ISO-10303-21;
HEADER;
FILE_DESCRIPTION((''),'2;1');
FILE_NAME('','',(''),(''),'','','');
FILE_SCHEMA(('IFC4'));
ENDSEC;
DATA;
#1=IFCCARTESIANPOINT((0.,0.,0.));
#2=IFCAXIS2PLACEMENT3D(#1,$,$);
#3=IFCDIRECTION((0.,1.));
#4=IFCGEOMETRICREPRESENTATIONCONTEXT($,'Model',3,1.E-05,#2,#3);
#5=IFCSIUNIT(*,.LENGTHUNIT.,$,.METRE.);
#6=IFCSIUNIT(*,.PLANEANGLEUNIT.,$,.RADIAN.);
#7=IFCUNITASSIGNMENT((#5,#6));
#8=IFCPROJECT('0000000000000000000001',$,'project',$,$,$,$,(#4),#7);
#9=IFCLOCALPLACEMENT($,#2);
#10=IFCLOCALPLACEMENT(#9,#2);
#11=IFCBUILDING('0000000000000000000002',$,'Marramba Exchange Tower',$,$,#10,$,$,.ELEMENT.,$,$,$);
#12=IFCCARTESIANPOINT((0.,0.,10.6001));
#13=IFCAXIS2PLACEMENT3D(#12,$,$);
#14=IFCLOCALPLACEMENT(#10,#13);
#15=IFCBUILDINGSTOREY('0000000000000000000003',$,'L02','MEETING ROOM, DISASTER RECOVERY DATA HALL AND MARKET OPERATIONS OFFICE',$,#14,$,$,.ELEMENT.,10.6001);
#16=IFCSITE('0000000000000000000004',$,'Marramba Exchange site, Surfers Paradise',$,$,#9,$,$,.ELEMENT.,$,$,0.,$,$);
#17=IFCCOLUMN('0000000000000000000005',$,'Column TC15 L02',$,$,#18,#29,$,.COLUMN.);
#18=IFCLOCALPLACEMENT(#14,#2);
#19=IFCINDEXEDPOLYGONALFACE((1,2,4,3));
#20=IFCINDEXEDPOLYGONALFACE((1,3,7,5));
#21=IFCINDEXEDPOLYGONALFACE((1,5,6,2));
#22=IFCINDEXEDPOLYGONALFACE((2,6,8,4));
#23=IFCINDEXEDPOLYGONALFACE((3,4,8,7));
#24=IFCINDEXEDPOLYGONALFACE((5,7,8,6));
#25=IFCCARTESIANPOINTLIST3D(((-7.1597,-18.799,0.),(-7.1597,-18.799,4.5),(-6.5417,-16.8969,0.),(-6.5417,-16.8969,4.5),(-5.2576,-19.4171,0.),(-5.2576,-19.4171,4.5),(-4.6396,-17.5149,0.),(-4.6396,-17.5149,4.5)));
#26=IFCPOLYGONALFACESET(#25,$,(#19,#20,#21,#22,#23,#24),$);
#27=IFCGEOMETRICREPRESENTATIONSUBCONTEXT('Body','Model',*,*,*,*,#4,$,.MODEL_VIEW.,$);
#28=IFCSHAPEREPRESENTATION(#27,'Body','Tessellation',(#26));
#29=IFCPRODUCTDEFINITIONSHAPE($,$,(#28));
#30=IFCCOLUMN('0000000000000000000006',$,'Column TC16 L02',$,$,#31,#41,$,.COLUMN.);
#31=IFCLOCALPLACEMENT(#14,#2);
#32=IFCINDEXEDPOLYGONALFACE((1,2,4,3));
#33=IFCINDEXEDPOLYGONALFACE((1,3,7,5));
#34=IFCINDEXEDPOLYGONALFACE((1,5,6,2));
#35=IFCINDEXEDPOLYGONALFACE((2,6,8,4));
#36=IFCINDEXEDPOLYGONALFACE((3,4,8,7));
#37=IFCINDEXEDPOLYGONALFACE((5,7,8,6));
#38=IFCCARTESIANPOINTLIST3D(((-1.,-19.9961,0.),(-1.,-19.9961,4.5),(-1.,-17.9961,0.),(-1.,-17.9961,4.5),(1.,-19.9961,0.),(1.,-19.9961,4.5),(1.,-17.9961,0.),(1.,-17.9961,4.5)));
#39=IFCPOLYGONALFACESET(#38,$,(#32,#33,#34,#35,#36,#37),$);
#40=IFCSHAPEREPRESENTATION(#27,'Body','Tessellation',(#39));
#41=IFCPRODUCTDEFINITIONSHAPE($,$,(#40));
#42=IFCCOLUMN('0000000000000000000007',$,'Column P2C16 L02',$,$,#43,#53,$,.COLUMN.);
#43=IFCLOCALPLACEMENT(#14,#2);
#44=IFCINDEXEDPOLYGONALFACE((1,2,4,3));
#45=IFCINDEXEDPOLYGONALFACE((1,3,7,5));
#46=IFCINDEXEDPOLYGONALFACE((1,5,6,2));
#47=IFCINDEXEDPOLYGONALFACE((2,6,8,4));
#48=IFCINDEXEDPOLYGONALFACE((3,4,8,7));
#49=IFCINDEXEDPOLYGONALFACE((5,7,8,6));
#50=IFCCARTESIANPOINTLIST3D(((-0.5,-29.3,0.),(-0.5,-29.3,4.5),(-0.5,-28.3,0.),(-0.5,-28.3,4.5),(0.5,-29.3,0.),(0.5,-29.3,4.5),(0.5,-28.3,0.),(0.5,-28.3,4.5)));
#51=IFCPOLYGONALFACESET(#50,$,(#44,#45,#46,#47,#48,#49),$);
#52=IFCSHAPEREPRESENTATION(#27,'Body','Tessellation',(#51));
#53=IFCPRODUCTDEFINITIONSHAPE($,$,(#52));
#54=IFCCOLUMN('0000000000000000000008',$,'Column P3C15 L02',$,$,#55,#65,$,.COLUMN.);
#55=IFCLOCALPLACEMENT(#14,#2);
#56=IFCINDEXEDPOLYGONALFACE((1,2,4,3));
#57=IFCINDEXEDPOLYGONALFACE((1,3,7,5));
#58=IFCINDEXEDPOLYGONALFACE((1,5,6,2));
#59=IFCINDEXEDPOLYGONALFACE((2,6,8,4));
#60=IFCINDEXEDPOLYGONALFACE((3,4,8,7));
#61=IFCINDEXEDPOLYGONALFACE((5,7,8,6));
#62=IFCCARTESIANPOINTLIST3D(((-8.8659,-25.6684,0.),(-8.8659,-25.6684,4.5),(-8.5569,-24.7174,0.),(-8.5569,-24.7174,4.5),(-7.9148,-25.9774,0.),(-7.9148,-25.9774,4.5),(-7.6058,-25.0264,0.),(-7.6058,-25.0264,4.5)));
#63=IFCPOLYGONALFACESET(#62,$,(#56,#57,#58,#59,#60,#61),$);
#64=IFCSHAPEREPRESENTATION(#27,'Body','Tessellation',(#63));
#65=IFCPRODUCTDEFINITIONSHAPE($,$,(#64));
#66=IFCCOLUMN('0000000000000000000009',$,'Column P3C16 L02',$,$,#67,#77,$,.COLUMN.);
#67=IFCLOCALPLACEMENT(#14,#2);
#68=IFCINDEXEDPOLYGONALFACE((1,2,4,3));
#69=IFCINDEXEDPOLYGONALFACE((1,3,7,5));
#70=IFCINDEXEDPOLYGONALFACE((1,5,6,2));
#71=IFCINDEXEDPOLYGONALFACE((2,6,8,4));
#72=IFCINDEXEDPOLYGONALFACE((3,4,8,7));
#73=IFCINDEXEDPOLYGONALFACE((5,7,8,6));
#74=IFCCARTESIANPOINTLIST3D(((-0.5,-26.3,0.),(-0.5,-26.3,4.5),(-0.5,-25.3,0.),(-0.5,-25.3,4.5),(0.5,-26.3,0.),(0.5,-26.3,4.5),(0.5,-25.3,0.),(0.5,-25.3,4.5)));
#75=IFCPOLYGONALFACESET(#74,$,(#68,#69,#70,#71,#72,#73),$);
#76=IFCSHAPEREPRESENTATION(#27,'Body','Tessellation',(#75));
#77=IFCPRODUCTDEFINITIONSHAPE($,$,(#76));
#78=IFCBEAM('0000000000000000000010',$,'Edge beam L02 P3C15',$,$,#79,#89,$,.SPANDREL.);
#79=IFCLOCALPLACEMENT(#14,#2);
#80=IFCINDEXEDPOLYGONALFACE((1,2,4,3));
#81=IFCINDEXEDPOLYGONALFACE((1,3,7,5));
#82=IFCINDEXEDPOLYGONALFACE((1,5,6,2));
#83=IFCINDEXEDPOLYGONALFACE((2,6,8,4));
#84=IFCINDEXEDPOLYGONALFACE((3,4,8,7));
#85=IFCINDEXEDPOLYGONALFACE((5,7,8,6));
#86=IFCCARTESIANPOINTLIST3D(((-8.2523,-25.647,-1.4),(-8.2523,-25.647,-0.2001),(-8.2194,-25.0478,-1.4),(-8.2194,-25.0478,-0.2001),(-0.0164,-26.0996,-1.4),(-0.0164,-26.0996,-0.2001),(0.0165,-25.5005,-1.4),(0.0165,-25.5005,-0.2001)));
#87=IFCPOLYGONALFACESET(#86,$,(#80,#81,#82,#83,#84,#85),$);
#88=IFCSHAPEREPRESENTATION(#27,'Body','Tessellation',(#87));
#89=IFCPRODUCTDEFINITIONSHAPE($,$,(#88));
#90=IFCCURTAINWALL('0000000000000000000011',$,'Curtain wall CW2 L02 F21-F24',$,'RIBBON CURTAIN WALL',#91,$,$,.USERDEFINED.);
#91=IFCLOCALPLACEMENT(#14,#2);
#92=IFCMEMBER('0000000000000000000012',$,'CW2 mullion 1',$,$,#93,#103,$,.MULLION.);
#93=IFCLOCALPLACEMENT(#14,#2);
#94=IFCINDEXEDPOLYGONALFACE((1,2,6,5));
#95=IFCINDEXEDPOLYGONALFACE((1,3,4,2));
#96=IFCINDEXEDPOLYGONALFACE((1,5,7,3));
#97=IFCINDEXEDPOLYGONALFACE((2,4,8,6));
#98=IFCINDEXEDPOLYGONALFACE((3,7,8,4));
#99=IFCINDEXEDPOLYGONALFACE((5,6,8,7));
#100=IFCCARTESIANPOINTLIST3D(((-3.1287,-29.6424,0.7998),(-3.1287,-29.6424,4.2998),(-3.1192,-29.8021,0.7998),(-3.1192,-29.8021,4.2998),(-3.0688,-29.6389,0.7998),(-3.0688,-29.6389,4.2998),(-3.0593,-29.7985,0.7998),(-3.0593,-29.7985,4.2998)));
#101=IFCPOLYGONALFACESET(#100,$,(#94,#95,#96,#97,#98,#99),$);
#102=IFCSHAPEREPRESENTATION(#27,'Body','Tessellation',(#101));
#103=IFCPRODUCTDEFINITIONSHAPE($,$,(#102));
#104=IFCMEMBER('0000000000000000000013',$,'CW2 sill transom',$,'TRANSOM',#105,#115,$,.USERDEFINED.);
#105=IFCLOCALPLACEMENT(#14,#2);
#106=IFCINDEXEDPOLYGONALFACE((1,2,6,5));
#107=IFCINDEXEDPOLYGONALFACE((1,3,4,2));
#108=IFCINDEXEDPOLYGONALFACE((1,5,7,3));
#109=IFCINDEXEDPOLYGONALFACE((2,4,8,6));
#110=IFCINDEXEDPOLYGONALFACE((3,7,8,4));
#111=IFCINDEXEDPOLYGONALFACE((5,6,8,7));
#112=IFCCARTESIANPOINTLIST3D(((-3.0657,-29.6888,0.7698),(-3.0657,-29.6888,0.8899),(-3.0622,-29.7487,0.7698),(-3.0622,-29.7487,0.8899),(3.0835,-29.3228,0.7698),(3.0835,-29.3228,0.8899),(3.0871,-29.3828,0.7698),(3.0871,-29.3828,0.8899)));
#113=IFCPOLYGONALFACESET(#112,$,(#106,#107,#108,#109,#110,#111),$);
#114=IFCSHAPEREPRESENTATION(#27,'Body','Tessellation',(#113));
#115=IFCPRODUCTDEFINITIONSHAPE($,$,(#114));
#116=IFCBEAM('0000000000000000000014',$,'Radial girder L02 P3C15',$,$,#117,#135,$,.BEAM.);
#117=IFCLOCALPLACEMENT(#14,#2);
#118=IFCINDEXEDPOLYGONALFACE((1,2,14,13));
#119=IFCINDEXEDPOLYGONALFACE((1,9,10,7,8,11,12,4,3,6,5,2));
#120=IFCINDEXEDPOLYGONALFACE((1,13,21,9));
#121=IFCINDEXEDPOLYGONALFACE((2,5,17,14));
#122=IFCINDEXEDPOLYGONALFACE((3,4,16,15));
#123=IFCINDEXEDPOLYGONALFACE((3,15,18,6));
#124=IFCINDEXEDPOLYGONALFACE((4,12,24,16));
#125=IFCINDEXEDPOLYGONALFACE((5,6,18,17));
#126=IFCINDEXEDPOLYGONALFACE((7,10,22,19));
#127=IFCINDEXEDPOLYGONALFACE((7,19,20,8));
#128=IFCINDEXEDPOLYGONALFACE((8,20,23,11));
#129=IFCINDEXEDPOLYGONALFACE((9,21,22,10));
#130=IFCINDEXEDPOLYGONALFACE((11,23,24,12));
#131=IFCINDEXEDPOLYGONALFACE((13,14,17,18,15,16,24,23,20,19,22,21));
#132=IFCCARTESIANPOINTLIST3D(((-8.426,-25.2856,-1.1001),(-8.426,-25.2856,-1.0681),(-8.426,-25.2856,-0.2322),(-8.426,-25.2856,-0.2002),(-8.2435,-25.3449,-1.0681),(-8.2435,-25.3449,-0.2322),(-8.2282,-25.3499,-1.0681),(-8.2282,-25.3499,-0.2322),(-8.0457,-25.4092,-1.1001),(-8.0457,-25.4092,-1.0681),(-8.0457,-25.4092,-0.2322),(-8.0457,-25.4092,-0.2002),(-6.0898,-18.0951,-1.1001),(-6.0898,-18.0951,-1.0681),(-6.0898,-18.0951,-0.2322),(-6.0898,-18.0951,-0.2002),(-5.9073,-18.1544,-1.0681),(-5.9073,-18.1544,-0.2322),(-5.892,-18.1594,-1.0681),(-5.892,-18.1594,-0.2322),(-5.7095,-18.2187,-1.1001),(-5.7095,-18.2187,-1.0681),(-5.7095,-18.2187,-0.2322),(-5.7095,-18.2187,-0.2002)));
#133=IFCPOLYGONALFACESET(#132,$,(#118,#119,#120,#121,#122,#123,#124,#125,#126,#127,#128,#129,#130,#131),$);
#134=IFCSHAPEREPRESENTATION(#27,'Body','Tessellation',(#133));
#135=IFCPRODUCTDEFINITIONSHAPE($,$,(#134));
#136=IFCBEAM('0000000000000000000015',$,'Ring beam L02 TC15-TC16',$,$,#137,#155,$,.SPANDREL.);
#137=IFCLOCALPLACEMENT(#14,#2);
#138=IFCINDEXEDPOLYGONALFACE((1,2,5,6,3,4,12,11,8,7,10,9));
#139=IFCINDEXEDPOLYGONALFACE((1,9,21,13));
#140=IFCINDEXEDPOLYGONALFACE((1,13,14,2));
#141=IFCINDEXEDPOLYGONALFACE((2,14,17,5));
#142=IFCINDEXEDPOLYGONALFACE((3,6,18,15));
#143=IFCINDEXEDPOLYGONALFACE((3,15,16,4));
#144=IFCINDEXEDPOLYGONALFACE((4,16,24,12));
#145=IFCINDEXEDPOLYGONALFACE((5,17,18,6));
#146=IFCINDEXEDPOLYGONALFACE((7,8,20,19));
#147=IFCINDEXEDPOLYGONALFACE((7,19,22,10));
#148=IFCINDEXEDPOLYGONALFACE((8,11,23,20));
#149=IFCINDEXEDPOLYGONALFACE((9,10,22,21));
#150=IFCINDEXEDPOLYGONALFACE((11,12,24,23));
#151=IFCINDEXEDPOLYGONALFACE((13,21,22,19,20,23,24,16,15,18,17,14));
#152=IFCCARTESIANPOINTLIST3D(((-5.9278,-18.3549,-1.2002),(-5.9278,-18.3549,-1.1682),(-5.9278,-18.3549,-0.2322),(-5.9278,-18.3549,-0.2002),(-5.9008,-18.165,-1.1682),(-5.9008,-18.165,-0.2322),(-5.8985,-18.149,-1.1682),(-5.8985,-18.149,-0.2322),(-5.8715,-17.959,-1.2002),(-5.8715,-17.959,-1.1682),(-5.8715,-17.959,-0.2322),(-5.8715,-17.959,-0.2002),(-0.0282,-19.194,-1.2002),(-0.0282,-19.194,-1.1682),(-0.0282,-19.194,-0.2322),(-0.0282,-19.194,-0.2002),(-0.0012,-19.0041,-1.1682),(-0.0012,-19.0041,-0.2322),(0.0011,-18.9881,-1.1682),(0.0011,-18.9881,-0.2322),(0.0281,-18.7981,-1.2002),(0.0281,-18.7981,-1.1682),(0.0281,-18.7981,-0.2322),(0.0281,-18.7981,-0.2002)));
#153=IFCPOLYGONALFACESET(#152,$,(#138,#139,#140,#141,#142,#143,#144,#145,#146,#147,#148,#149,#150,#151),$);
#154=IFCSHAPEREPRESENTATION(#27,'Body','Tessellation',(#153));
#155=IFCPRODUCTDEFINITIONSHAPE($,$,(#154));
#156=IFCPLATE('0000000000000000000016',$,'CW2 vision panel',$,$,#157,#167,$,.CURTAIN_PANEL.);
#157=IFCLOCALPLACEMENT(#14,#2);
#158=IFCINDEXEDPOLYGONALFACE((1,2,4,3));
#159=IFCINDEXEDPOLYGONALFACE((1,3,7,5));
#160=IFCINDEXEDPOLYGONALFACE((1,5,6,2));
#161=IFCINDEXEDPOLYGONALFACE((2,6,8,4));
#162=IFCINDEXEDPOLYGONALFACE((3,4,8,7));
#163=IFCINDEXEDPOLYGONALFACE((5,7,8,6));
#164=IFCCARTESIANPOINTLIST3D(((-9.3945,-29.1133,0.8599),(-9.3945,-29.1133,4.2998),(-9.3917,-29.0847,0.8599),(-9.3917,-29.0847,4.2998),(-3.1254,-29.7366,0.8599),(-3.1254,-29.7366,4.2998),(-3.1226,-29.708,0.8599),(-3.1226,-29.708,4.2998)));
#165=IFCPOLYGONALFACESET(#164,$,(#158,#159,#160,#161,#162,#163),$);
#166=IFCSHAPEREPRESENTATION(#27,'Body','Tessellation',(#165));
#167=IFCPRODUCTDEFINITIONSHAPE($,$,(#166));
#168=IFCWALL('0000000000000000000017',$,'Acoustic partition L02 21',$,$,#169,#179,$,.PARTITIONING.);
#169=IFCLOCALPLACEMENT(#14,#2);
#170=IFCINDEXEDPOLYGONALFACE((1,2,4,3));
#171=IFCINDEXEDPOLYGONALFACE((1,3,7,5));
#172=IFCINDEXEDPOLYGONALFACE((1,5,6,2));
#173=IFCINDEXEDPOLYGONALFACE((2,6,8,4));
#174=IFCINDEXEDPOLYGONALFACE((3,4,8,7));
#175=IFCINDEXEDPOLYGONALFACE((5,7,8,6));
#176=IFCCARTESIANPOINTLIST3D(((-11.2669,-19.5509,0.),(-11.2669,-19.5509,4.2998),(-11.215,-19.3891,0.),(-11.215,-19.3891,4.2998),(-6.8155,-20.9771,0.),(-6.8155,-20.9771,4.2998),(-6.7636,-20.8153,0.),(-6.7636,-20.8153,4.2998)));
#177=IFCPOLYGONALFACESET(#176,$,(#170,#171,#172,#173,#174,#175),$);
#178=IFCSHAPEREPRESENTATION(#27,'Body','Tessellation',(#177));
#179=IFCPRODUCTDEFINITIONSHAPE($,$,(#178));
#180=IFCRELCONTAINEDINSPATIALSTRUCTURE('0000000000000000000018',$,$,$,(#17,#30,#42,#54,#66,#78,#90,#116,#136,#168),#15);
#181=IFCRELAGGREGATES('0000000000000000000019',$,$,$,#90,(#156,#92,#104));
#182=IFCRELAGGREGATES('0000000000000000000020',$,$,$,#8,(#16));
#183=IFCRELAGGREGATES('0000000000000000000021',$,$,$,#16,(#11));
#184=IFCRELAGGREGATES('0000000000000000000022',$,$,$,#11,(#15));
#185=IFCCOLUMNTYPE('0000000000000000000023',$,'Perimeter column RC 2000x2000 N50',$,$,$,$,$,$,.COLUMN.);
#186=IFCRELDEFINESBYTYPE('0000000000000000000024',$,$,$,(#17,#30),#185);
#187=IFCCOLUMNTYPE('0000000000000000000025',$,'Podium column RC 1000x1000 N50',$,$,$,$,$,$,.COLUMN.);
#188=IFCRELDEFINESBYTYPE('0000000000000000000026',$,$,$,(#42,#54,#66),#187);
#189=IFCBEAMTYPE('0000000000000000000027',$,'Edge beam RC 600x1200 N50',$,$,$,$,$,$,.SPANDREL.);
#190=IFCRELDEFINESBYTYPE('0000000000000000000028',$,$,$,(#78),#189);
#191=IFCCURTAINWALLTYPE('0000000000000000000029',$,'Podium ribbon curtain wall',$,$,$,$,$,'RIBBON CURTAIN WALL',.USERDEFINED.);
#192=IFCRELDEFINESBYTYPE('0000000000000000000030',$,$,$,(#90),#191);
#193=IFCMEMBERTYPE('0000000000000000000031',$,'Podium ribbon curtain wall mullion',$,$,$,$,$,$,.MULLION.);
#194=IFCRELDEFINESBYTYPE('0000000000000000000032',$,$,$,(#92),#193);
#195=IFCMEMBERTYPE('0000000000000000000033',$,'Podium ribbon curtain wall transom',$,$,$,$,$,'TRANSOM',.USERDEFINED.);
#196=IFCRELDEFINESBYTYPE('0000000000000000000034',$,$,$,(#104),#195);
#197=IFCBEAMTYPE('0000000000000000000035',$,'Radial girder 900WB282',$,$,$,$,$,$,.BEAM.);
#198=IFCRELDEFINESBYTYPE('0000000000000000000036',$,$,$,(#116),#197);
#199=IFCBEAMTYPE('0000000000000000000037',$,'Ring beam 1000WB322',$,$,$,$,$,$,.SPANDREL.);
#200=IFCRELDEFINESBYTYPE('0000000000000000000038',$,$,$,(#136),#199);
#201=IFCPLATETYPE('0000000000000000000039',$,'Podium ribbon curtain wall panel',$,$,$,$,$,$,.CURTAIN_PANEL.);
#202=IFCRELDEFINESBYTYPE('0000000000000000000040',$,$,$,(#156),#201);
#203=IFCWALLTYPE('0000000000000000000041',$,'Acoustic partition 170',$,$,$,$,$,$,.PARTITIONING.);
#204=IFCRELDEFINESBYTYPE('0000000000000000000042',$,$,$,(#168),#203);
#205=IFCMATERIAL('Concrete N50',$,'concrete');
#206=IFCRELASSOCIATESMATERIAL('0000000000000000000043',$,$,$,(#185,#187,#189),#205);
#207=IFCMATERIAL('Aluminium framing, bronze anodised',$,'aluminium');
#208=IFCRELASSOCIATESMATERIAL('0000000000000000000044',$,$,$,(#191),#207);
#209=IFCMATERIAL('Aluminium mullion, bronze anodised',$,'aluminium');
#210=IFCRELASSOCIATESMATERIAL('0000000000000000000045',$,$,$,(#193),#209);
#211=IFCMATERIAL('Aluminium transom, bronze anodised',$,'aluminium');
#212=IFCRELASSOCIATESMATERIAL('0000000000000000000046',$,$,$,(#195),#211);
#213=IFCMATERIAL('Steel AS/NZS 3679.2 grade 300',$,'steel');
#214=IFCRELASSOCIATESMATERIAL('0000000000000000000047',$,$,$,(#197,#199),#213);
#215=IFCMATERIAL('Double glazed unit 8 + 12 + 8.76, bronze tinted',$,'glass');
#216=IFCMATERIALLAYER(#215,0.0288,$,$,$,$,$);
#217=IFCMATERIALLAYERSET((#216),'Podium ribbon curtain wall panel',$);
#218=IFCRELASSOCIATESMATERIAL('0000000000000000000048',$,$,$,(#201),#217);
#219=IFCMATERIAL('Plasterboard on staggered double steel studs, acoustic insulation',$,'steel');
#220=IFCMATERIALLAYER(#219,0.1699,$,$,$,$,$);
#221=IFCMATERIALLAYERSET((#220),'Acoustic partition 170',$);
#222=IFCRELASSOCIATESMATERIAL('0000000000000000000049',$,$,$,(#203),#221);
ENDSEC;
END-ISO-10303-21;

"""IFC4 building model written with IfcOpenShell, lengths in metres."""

from ifc_helpers import new_model, si_unit, direction, frame, frame_2d, origin, origin_2d, place, context, subcontext, project, spatial, rectangle, i_section, extrude, material, layer, layer_set, material_profile, profile_set, type_object, element, aggregate, save


model = new_model("IFC4")

# Units and contexts
model_context = context("Model", 3, precision=1e-05, world=origin(), true_north=direction((0.0, 1.0)))
body_context = subcontext(model_context, "Body", "Model", "MODEL_VIEW")
ifc_project = project(units=[si_unit("LENGTHUNIT", "METRE"), si_unit("PLANEANGLEUNIT", "RADIAN")], contexts=[model_context])

# Site, building, storey
site_placement = place(None, origin())
site = spatial("IfcSite", under=ifc_project, at=site_placement, Name="Marramba Exchange site, Surfers Paradise", CompositionType="ELEMENT", RefElevation=0.0)
building_placement = place(site_placement, origin())
building = spatial("IfcBuilding", under=site, at=building_placement, Name="Marramba Exchange Tower", CompositionType="ELEMENT")
storey_placement = place(building_placement, frame((0.0, 0.0, 10.6001)))
storey = spatial("IfcBuildingStorey", under=building, at=storey_placement, Name="L02", Description="MEETING ROOM, DISASTER RECOVERY DATA HALL AND MARKET OPERATIONS OFFICE", CompositionType="ELEMENT", Elevation=10.6001)

# Columns
ifc_material_1 = material(Name="Concrete N50", Category="concrete")
ifc_material_profile_1 = material_profile(ifc_material_1, rectangle(XDim=2.0, YDim=2.0, at=origin_2d()), Name="RC 2000x2000")
ifc_profile_set_1 = profile_set([ifc_material_profile_1], Name="Concrete N50")
column_type_1 = type_object("IfcColumnType", Name="Perimeter column RC 2000x2000 N50", PredefinedType="COLUMN", material=ifc_profile_set_1)
for number, where, z_axis, x_axis, name in (
    (1, (-5.8997, -18.157, 0.0), (0.0, 0.0, 1.0), (-0.309017, -0.951057, 0.0), "Column TC15 L02"),
    (2, (0.0, -18.9961, 0.0), (0.0, 0.0, 1.0), (0.0, -1.0, 0.0), "Column TC16 L02"),
):
    element("IfcColumn", number, at=place(storey_placement, frame(where, z_axis=z_axis, x_axis=x_axis)), inside=storey, type_object=column_type_1, Name=name, PredefinedType="COLUMN", context=body_context, shape_type="SweptSolid", body=[
        extrude(rectangle(XDim=2.0, YDim=2.0, at=origin_2d()), origin(), (0.0, 0.0, 1.0), 4.5),
    ])
ifc_material_profile_2 = material_profile(ifc_material_1, rectangle(XDim=1.0, YDim=1.0, at=origin_2d()), Name="RC 1000x1000")
ifc_profile_set_2 = profile_set([ifc_material_profile_2], Name="Concrete N50")
column_type_2 = type_object("IfcColumnType", Name="Podium column RC 1000x1000 N50", PredefinedType="COLUMN", material=ifc_profile_set_2)
for number, where, z_axis, x_axis, name in (
    (3, (0.0, -28.8, 0.0), (0.0, 0.0, 1.0), (0.0, -1.0, 0.0), "Column P2C16 L02"),
    (4, (-8.2358, -25.3474, 0.0), (0.0, 0.0, 1.0), (-0.309017, -0.951057, 0.0), "Column P3C15 L02"),
    (5, (0.0, -25.8, 0.0), (0.0, 0.0, 1.0), (0.0, -1.0, 0.0), "Column P3C16 L02"),
):
    element("IfcColumn", number, at=place(storey_placement, frame(where, z_axis=z_axis, x_axis=x_axis)), inside=storey, type_object=column_type_2, Name=name, PredefinedType="COLUMN", context=body_context, shape_type="SweptSolid", body=[
        extrude(rectangle(XDim=1.0, YDim=1.0, at=origin_2d()), origin(), (0.0, 0.0, 1.0), 4.5),
    ])

# Beam
ifc_material_profile_3 = material_profile(ifc_material_1, rectangle(XDim=0.6001, YDim=1.2, at=origin_2d()), Name="RC 600x1200")
ifc_profile_set_3 = profile_set([ifc_material_profile_3], Name="Concrete N50")
beam_type_1 = type_object("IfcBeamType", Name="Edge beam RC 600x1200 N50", PredefinedType="SPANDREL", material=ifc_profile_set_3)
beam_1_placement = place(storey_placement, frame((-8.2358, -25.3474, -0.8), z_axis=(0.998493, -0.054877, 0.0), x_axis=(0.054877, 0.998493, 0.0)))
element("IfcBeam", 6, at=beam_1_placement, inside=storey, type_object=beam_type_1, Name="Edge beam L02 P3C15", PredefinedType="SPANDREL", context=body_context, shape_type="SweptSolid", body=[
    extrude(rectangle(XDim=0.6001, YDim=1.2, at=origin_2d()), origin(), (0.0, 0.0, 1.0), 8.2483),
])

# Curtain wall, members
ifc_material_2 = material(Name="Aluminium framing, bronze anodised", Category="aluminium")
curtain_wall_type = type_object("IfcCurtainWallType", Name="Podium ribbon curtain wall", ElementType="RIBBON CURTAIN WALL", PredefinedType="USERDEFINED", material=ifc_material_2)
curtain_wall_placement = place(storey_placement, origin())
curtain_wall = element("IfcCurtainWall", 7, at=curtain_wall_placement, inside=storey, type_object=curtain_wall_type, Name="Curtain wall CW2 L02 F21-F24", ObjectType="RIBBON CURTAIN WALL", PredefinedType="USERDEFINED")
ifc_material_3 = material(Name="Aluminium mullion, bronze anodised", Category="aluminium")
ifc_material_profile_4 = material_profile(ifc_material_3, rectangle(XDim=0.1599, YDim=0.0601, at=origin_2d()), Name="CW2 mullion 60x160")
ifc_profile_set_4 = profile_set([ifc_material_profile_4], Name="Aluminium mullion, bronze anodised")
member_type_1 = type_object("IfcMemberType", Name="Podium ribbon curtain wall mullion", PredefinedType="MULLION", material=ifc_profile_set_4)
member_1_placement = place(storey_placement, frame((-3.094, -29.7205, 0.7998), z_axis=(0.0, 0.0, 1.0), x_axis=(-0.05939, 0.998235, 0.0)))
member_1 = element("IfcMember", 8, at=member_1_placement, type_object=member_type_1, Name="CW2 mullion 1", PredefinedType="MULLION", context=body_context, shape_type="SweptSolid", body=[
    extrude(rectangle(XDim=0.1599, YDim=0.0601, at=origin_2d()), origin(), (0.0, 0.0, 1.0), 3.5),
])
ifc_material_4 = material(Name="Aluminium transom, bronze anodised", Category="aluminium")
ifc_material_profile_5 = material_profile(ifc_material_4, rectangle(XDim=0.0601, YDim=0.1201, at=origin_2d()), Name="CW2 transom 60x120")
ifc_profile_set_5 = profile_set([ifc_material_profile_5], Name="Aluminium transom, bronze anodised")
member_type_2 = type_object("IfcMemberType", Name="Podium ribbon curtain wall transom", ElementType="TRANSOM", PredefinedType="USERDEFINED", material=ifc_profile_set_5)
member_2_placement = place(storey_placement, frame((-3.064, -29.7188, 0.8298), z_axis=(0.998234, 0.05941, 0.0), x_axis=(-0.05941, 0.998234, 0.0)))
member_2 = element("IfcMember", 9, at=member_2_placement, type_object=member_type_2, Name="CW2 sill transom", ObjectType="TRANSOM", PredefinedType="USERDEFINED", context=body_context, shape_type="SweptSolid", body=[
    extrude(rectangle(XDim=0.0601, YDim=0.1201, at=origin_2d()), origin(), (0.0, 0.0, 1.0), 6.1602),
])

# Beams
ifc_material_5 = material(Name="Steel AS/NZS 3679.2 grade 300", Category="steel")
ifc_material_profile_6 = material_profile(ifc_material_5, i_section(OverallWidth=0.3999, OverallDepth=0.8999, WebThickness=0.0161, FlangeThickness=0.032, at=origin_2d()), Name="900WB282")
ifc_profile_set_6 = profile_set([ifc_material_profile_6], Name="Steel AS/NZS 3679.2 grade 300")
beam_type_2 = type_object("IfcBeamType", Name="Radial girder 900WB282", PredefinedType="BEAM", material=ifc_profile_set_6)
beam_2_placement = place(storey_placement, frame((-8.2358, -25.3474, -0.6501), z_axis=(0.309001, 0.951062, 0.0), x_axis=(-0.951062, 0.309001, 0.0)))
element("IfcBeam", 10, at=beam_2_placement, inside=storey, type_object=beam_type_2, Name="Radial girder L02 P3C15", PredefinedType="BEAM", context=body_context, shape_type="SweptSolid", body=[
    extrude(i_section(OverallWidth=0.3999, OverallDepth=0.8999, WebThickness=0.0161, FlangeThickness=0.032, at=origin_2d()), origin(), (0.0, 0.0, 1.0), 7.5605),
])
ifc_material_profile_7 = material_profile(ifc_material_5, i_section(OverallWidth=0.3999, OverallDepth=1.0, WebThickness=0.0161, FlangeThickness=0.032, at=origin_2d()), Name="1000WB322")
ifc_profile_set_7 = profile_set([ifc_material_profile_7], Name="Steel AS/NZS 3679.2 grade 300")
beam_type_3 = type_object("IfcBeamType", Name="Ring beam 1000WB322", PredefinedType="SPANDREL", material=ifc_profile_set_7)
beam_3_placement = place(storey_placement, frame((-5.8997, -18.157, -0.7002), z_axis=(0.990036, -0.140813, 0.0), x_axis=(0.140813, 0.990036, 0.0)))
element("IfcBeam", 11, at=beam_3_placement, inside=storey, type_object=beam_type_3, Name="Ring beam L02 TC15-TC16", PredefinedType="SPANDREL", context=body_context, shape_type="SweptSolid", body=[
    extrude(i_section(OverallWidth=0.3999, OverallDepth=1.0, WebThickness=0.0161, FlangeThickness=0.032, at=origin_2d()), origin(), (0.0, 0.0, 1.0), 5.959),
])

# Plate
ifc_material_6 = material(Name="Double glazed unit 8 + 12 + 8.76, bronze tinted", Category="glass")
ifc_layer_1 = layer(ifc_material_6, 0.0288)
ifc_layer_set_1 = layer_set([ifc_layer_1], Name="Podium ribbon curtain wall panel")
plate_type = type_object("IfcPlateType", Name="Podium ribbon curtain wall panel", PredefinedType="CURTAIN_PANEL", material=ifc_layer_set_1)
plate_placement = place(storey_placement, frame((-6.2585, -29.4106, 0.8599), z_axis=(0.0, 0.0, 1.0), x_axis=(0.995094, -0.098937, 0.0)))
plate = element("IfcPlate", 12, at=plate_placement, type_object=plate_type, Name="CW2 vision panel", PredefinedType="CURTAIN_PANEL", context=body_context, shape_type="SweptSolid", body=[
    extrude(rectangle(XDim=6.3, YDim=0.0288, at=origin_2d()), origin(), (0.0, 0.0, 1.0), 3.4399),
])
aggregate(curtain_wall, [plate, member_1, member_2])

# Wall
ifc_material_7 = material(Name="Plasterboard on staggered double steel studs, acoustic insulation", Category="steel")
ifc_layer_2 = layer(ifc_material_7, 0.1699)
ifc_layer_set_2 = layer_set([ifc_layer_2], Name="Acoustic partition 170")
wall_type_1 = type_object("IfcWallType", Name="Acoustic partition 170", PredefinedType="PARTITIONING", material=ifc_layer_set_2)
wall_1_placement = place(storey_placement, frame((-6.7896, -20.8962, 0.0), z_axis=(0.0, 0.0, 1.0), x_axis=(-0.952311, 0.305128, 0.0)))
element("IfcWall", 13, at=wall_1_placement, inside=storey, type_object=wall_type_1, Name="Acoustic partition L02 21", PredefinedType="PARTITIONING", context=body_context, shape_type="SweptSolid", body=[
    extrude(rectangle(XDim=4.6743, YDim=0.1699, at=frame_2d((2.3372, 0.0))), origin(), (0.0, 0.0, 1.0), 4.2998),
])

save(model, "model.ifc")
